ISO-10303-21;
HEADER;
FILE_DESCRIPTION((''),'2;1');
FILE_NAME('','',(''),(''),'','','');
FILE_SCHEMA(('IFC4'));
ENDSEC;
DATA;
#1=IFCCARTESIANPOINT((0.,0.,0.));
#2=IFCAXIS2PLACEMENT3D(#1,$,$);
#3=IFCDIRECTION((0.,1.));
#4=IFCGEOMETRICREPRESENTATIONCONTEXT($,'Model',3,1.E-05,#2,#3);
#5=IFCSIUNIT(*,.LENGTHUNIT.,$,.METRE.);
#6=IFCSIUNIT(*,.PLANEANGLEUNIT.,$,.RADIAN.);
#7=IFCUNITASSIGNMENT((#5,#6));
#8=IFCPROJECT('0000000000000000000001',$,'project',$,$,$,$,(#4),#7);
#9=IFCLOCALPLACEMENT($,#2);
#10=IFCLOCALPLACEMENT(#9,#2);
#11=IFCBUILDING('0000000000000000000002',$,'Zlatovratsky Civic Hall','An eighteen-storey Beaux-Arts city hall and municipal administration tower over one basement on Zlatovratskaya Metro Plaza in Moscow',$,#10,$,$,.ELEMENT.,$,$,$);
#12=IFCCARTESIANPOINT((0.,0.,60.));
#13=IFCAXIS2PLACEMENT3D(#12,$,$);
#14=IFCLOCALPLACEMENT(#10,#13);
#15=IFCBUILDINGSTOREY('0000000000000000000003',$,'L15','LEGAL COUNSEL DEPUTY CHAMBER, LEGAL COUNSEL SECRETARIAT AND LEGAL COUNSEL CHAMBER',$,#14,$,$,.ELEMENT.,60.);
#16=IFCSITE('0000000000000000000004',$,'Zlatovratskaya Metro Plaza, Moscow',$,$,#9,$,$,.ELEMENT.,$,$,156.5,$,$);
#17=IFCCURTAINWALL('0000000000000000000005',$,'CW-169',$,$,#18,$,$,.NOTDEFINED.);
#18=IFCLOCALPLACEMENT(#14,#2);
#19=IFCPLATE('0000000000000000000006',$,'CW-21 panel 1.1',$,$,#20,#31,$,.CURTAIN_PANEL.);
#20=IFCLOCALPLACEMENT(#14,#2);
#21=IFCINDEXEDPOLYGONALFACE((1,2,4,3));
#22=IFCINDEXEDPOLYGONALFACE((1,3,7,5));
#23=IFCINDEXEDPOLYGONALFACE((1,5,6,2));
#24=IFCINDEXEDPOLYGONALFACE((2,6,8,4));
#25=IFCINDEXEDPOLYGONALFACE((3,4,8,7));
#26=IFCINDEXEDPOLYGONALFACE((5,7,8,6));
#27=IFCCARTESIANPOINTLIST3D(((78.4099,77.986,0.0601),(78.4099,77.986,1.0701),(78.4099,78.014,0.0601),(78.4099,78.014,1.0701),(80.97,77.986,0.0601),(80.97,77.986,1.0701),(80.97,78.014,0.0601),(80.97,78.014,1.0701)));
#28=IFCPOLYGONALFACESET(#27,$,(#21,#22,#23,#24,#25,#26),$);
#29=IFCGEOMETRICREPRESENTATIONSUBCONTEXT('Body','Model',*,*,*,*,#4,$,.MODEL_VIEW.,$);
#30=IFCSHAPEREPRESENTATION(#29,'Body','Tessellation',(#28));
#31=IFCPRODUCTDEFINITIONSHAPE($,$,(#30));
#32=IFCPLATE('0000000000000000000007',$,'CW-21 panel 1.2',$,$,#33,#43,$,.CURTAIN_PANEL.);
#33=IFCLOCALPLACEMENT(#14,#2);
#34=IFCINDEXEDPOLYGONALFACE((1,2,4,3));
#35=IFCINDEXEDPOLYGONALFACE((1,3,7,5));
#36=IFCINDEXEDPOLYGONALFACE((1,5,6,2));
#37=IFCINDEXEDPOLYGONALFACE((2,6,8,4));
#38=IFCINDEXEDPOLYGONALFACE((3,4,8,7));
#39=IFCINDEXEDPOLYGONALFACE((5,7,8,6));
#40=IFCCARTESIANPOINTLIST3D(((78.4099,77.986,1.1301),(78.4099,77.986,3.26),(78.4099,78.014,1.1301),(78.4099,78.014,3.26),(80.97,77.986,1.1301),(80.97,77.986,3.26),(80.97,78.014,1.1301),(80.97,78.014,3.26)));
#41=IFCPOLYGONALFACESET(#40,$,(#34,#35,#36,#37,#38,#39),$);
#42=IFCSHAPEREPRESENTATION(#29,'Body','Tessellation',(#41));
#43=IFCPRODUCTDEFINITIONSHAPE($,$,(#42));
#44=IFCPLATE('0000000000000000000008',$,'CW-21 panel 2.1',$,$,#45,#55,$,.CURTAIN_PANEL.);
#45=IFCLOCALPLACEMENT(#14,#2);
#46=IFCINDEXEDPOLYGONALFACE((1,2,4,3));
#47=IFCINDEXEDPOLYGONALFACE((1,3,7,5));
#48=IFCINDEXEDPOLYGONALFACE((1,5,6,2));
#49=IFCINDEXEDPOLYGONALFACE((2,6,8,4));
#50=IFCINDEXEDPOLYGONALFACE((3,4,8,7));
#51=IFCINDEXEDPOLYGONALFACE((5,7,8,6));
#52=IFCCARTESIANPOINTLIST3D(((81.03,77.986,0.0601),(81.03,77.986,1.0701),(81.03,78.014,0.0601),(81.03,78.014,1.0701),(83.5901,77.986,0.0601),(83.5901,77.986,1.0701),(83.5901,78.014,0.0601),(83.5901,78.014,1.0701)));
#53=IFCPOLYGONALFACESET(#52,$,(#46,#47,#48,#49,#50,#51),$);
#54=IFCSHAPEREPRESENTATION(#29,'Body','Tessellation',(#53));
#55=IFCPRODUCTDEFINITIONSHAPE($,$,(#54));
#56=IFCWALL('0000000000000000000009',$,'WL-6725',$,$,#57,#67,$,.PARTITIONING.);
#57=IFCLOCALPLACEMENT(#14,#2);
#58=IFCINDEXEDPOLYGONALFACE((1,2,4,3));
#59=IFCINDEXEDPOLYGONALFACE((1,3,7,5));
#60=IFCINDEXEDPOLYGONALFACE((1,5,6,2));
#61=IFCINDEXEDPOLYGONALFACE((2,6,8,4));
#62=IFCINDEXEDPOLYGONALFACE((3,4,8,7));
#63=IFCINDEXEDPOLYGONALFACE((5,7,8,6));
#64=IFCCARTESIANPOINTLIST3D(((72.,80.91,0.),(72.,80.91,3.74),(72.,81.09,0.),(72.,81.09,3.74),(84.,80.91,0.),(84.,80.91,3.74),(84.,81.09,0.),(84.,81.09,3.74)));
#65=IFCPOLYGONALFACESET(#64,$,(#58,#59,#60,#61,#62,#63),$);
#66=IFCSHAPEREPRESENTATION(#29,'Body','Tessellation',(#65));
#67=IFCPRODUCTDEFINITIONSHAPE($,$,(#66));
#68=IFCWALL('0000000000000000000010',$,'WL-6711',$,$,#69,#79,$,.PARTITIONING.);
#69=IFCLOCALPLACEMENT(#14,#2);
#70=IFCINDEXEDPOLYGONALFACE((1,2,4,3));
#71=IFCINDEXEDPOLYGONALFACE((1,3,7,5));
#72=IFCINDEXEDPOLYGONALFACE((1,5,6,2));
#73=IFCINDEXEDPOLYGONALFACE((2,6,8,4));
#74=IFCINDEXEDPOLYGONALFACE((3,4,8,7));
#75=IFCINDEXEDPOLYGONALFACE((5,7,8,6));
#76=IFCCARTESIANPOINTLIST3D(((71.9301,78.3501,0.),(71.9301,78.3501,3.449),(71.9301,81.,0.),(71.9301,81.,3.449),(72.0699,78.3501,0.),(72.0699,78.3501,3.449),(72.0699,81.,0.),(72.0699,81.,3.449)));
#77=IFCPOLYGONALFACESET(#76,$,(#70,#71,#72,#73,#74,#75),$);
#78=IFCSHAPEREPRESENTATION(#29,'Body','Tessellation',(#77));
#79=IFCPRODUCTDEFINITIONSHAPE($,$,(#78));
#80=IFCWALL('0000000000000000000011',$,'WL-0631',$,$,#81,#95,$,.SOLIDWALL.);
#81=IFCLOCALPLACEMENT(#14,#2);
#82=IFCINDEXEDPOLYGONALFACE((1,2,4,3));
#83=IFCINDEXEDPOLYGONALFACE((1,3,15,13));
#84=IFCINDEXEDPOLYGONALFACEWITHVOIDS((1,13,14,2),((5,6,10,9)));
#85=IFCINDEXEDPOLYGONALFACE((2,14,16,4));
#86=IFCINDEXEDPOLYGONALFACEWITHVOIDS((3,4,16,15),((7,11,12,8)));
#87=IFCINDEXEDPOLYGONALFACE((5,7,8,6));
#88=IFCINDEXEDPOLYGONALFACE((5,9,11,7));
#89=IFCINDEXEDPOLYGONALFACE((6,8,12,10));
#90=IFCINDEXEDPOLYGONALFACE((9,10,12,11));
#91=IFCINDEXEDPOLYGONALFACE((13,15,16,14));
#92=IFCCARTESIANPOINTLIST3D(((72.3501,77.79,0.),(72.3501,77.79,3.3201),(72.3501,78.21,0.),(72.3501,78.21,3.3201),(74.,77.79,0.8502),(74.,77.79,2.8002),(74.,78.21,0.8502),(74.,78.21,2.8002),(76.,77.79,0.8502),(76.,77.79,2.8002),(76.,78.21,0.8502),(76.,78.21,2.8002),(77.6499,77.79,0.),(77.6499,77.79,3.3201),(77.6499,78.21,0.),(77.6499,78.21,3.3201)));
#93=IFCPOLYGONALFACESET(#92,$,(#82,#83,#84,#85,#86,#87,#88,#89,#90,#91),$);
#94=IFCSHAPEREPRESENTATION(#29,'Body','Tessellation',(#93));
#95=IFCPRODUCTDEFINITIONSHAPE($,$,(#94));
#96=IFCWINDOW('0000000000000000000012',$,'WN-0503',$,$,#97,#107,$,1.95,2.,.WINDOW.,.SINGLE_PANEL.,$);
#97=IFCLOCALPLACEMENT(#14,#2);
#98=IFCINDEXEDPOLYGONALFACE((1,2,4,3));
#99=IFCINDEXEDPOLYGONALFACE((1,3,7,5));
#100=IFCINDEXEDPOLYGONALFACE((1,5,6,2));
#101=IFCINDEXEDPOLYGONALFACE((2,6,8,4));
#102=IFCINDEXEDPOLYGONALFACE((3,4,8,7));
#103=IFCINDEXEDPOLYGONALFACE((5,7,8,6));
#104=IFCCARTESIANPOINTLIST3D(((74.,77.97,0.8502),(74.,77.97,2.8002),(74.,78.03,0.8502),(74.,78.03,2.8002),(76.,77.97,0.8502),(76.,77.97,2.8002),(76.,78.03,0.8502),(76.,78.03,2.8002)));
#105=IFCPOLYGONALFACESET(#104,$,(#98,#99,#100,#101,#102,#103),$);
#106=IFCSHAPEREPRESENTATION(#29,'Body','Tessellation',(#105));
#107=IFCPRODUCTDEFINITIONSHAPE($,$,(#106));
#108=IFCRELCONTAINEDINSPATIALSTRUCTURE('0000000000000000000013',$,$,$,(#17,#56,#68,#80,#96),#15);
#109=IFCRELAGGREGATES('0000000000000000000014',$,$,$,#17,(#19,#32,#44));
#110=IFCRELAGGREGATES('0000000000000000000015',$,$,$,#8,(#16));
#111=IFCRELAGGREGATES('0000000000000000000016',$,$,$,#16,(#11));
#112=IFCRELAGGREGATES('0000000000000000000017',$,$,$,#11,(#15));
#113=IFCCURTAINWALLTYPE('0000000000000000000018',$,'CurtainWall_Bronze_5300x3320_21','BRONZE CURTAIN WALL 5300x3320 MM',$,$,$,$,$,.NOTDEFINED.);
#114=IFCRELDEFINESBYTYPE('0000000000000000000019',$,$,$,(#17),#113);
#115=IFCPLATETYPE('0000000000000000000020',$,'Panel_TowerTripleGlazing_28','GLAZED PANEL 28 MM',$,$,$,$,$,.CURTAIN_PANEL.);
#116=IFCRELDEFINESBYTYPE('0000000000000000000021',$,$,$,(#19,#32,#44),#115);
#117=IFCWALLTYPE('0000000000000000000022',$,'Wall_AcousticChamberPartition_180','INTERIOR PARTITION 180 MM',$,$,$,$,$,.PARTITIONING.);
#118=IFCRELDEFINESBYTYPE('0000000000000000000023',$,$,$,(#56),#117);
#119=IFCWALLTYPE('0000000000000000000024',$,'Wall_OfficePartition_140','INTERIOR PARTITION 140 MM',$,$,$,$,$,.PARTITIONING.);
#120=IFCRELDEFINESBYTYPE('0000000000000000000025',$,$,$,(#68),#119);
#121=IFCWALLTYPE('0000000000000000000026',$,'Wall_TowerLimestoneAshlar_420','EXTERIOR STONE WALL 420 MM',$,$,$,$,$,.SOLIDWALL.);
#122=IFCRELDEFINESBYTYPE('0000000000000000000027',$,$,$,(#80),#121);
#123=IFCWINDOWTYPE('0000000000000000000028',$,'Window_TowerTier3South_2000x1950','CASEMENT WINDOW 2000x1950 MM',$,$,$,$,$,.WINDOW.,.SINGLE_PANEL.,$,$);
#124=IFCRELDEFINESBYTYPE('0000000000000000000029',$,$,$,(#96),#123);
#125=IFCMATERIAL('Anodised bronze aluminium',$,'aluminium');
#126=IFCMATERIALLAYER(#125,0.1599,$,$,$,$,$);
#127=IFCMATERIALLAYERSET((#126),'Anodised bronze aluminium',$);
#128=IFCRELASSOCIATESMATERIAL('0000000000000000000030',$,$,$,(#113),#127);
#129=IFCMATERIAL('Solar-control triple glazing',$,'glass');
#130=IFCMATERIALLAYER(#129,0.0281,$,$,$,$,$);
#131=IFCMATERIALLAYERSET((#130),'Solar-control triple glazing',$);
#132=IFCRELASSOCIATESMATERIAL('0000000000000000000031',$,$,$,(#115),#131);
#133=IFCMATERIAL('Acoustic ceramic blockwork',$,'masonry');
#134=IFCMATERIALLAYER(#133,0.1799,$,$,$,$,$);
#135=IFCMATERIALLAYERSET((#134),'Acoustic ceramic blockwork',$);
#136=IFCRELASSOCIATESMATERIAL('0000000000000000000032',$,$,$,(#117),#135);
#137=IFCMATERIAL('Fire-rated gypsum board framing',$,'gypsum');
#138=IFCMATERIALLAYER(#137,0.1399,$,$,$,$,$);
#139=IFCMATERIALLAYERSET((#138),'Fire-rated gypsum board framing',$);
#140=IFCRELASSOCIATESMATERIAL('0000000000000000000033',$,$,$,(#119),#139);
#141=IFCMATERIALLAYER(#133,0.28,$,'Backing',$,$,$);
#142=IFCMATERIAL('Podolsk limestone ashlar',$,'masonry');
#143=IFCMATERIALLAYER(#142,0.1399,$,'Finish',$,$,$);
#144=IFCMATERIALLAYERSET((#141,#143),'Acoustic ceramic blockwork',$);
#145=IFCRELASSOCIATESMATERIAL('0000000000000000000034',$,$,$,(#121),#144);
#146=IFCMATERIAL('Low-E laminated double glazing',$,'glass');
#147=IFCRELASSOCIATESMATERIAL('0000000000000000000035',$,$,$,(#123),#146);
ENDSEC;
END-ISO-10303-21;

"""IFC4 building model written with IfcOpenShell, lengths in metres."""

from ifc_helpers import new_model, si_unit, direction, frame, frame_2d, origin, origin_2d, place, context, subcontext, project, spatial, rectangle, extrude, material, layer, layer_set, type_object, element, fill, aggregate, save


model = new_model("IFC4")

# Units and contexts
model_context = context("Model", 3, precision=1e-05, world=origin(), true_north=direction((0.0, 1.0)))
body_context = subcontext(model_context, "Body", "Model", "MODEL_VIEW")
ifc_project = project(units=[si_unit("LENGTHUNIT", "METRE"), si_unit("PLANEANGLEUNIT", "RADIAN")], contexts=[model_context])

# Site, building, storey
site_placement = place(None, origin())
site = spatial("IfcSite", under=ifc_project, at=site_placement, Name="Zlatovratskaya Metro Plaza, Moscow", CompositionType="ELEMENT", RefElevation=156.5)
building_placement = place(site_placement, origin())
building = spatial("IfcBuilding", under=site, at=building_placement, Name="Zlatovratsky Civic Hall", Description="An eighteen-storey Beaux-Arts city hall and municipal administration tower over one basement on Zlatovratskaya Metro Plaza in Moscow", CompositionType="ELEMENT")
storey_placement = place(building_placement, frame((0.0, 0.0, 60.0)))
storey = spatial("IfcBuildingStorey", under=building, at=storey_placement, Name="L15", Description="LEGAL COUNSEL DEPUTY CHAMBER, LEGAL COUNSEL SECRETARIAT AND LEGAL COUNSEL CHAMBER", CompositionType="ELEMENT", Elevation=60.0)

# Curtain wall, plates
ifc_material_1 = material(Name="Anodised bronze aluminium", Category="aluminium")
ifc_layer_1 = layer(ifc_material_1, 0.1599)
ifc_layer_set_1 = layer_set([ifc_layer_1], Name="Anodised bronze aluminium")
curtain_wall_type = type_object("IfcCurtainWallType", Name="CurtainWall_Bronze_5300x3320_21", Description="BRONZE CURTAIN WALL 5300x3320 MM", PredefinedType="NOTDEFINED", material=ifc_layer_set_1)
curtain_wall_placement = place(storey_placement, origin())
curtain_wall = element("IfcCurtainWall", 1, at=curtain_wall_placement, inside=storey, type_object=curtain_wall_type, Name="CW-169", PredefinedType="NOTDEFINED")
ifc_material_2 = material(Name="Solar-control triple glazing", Category="glass")
ifc_layer_2 = layer(ifc_material_2, 0.0281)
ifc_layer_set_2 = layer_set([ifc_layer_2], Name="Solar-control triple glazing")
plate_type = type_object("IfcPlateType", Name="Panel_TowerTripleGlazing_28", Description="GLAZED PANEL 28 MM", PredefinedType="CURTAIN_PANEL", material=ifc_layer_set_2)
plate_1_placement = place(storey_placement, frame((79.6899, 78.0, 0.0601), z_axis=(0.0, 0.0, 1.0), x_axis=(1.0, 0.0, 0.0)))
plate_1 = element("IfcPlate", 2, at=plate_1_placement, type_object=plate_type, Name="CW-21 panel 1.1", PredefinedType="CURTAIN_PANEL", context=body_context, shape_type="SweptSolid", body=[
    extrude(rectangle(XDim=2.5601, YDim=0.0281, at=origin_2d()), origin(), (0.0, 0.0, 1.0), 1.01),
])
plate_2_placement = place(storey_placement, frame((79.6899, 78.0, 1.1301), z_axis=(0.0, 0.0, 1.0), x_axis=(1.0, 0.0, 0.0)))
plate_2 = element("IfcPlate", 3, at=plate_2_placement, type_object=plate_type, Name="CW-21 panel 1.2", PredefinedType="CURTAIN_PANEL", context=body_context, shape_type="SweptSolid", body=[
    extrude(rectangle(XDim=2.5601, YDim=0.0281, at=origin_2d()), origin(), (0.0, 0.0, 1.0), 2.1299),
])
plate_3_placement = place(storey_placement, frame((82.3101, 78.0, 0.0601), z_axis=(0.0, 0.0, 1.0), x_axis=(1.0, 0.0, 0.0)))
plate_3 = element("IfcPlate", 4, at=plate_3_placement, type_object=plate_type, Name="CW-21 panel 2.1", PredefinedType="CURTAIN_PANEL", context=body_context, shape_type="SweptSolid", body=[
    extrude(rectangle(XDim=2.5601, YDim=0.0281, at=origin_2d()), origin(), (0.0, 0.0, 1.0), 1.01),
])
aggregate(curtain_wall, [plate_1, plate_2, plate_3])

# Walls
ifc_material_3 = material(Name="Acoustic ceramic blockwork", Category="masonry")
ifc_layer_3 = layer(ifc_material_3, 0.1799)
ifc_layer_set_3 = layer_set([ifc_layer_3], Name="Acoustic ceramic blockwork")
wall_type_1 = type_object("IfcWallType", Name="Wall_AcousticChamberPartition_180", Description="INTERIOR PARTITION 180 MM", PredefinedType="PARTITIONING", material=ifc_layer_set_3)
wall_1_placement = place(storey_placement, frame((72.0, 81.0, 0.0), z_axis=(0.0, 0.0, 1.0), x_axis=(1.0, 0.0, 0.0)))
element("IfcWall", 5, at=wall_1_placement, inside=storey, type_object=wall_type_1, Name="WL-6725", PredefinedType="PARTITIONING", context=body_context, shape_type="SweptSolid", body=[
    extrude(rectangle(XDim=12.0, YDim=0.1799, at=frame_2d((6.0, 0.0))), origin(), (0.0, 0.0, 1.0), 3.74),
])
ifc_material_4 = material(Name="Fire-rated gypsum board framing", Category="gypsum")
ifc_layer_4 = layer(ifc_material_4, 0.1399)
ifc_layer_set_4 = layer_set([ifc_layer_4], Name="Fire-rated gypsum board framing")
wall_type_2 = type_object("IfcWallType", Name="Wall_OfficePartition_140", Description="INTERIOR PARTITION 140 MM", PredefinedType="PARTITIONING", material=ifc_layer_set_4)
wall_2_placement = place(storey_placement, frame((72.0, 78.3501, 0.0), z_axis=(0.0, 0.0, 1.0), x_axis=(0.0, 1.0, 0.0)))
element("IfcWall", 6, at=wall_2_placement, inside=storey, type_object=wall_type_2, Name="WL-6711", PredefinedType="PARTITIONING", context=body_context, shape_type="SweptSolid", body=[
    extrude(rectangle(XDim=2.6499, YDim=0.1399, at=frame_2d((1.325, 0.0))), origin(), (0.0, 0.0, 1.0), 3.449),
])

# Wall, opening, window
ifc_layer_5 = layer(ifc_material_3, 0.28, Name="Backing")
ifc_material_5 = material(Name="Podolsk limestone ashlar", Category="masonry")
ifc_layer_6 = layer(ifc_material_5, 0.1399, Name="Finish")
ifc_layer_set_5 = layer_set([ifc_layer_5, ifc_layer_6], Name="Acoustic ceramic blockwork")
wall_type_3 = type_object("IfcWallType", Name="Wall_TowerLimestoneAshlar_420", Description="EXTERIOR STONE WALL 420 MM", PredefinedType="SOLIDWALL", material=ifc_layer_set_5)
wall_3_placement = place(storey_placement, frame((72.3501, 78.0, 0.0), z_axis=(0.0, 0.0, 1.0), x_axis=(1.0, 0.0, 0.0)))
wall_3 = element("IfcWall", 7, at=wall_3_placement, inside=storey, type_object=wall_type_3, Name="WL-0631", PredefinedType="SOLIDWALL", context=body_context, shape_type="SweptSolid", body=[
    extrude(rectangle(XDim=5.2998, YDim=0.4199, at=frame_2d((2.6499, 0.0))), origin(), (0.0, 0.0, 1.0), 3.3201),
])
opening_placement = place(wall_3_placement, frame((1.6499, 0.0, 0.8501)))
opening = element("IfcOpeningElement", 8, at=opening_placement, cuts=wall_3, PredefinedType="OPENING", context=body_context, shape_type="SweptSolid", body=[
    extrude(rectangle(XDim=2.0, YDim=1.95, at=frame_2d((1.0, 0.9751))), frame((0.0, 0.2249, 0.0), z_axis=(0.0, -1.0, 0.0), x_axis=(1.0, 0.0, 0.0)), (0.0, 0.0, 1.0), 0.4497),
])
ifc_material_6 = material(Name="Low-E laminated double glazing", Category="glass")
window_type = type_object("IfcWindowType", Name="Window_TowerTier3South_2000x1950", Description="CASEMENT WINDOW 2000x1950 MM", PartitioningType="SINGLE_PANEL", PredefinedType="WINDOW", material=ifc_material_6)
window_placement = place(opening_placement, origin())
window = element("IfcWindow", 9, at=window_placement, inside=storey, type_object=window_type, Name="WN-0503", OverallHeight=1.95, OverallWidth=2.0, PartitioningType="SINGLE_PANEL", PredefinedType="WINDOW", context=body_context, shape_type="SweptSolid", body=[
    extrude(rectangle(XDim=2.0, YDim=1.95, at=frame_2d((1.0, 0.9751))), frame((0.0, 0.03, 0.0), z_axis=(0.0, -1.0, 0.0), x_axis=(1.0, 0.0, 0.0)), (0.0, 0.0, 1.0), 0.0601),
])
fill(opening, window)

save(model, "model.ifc")
